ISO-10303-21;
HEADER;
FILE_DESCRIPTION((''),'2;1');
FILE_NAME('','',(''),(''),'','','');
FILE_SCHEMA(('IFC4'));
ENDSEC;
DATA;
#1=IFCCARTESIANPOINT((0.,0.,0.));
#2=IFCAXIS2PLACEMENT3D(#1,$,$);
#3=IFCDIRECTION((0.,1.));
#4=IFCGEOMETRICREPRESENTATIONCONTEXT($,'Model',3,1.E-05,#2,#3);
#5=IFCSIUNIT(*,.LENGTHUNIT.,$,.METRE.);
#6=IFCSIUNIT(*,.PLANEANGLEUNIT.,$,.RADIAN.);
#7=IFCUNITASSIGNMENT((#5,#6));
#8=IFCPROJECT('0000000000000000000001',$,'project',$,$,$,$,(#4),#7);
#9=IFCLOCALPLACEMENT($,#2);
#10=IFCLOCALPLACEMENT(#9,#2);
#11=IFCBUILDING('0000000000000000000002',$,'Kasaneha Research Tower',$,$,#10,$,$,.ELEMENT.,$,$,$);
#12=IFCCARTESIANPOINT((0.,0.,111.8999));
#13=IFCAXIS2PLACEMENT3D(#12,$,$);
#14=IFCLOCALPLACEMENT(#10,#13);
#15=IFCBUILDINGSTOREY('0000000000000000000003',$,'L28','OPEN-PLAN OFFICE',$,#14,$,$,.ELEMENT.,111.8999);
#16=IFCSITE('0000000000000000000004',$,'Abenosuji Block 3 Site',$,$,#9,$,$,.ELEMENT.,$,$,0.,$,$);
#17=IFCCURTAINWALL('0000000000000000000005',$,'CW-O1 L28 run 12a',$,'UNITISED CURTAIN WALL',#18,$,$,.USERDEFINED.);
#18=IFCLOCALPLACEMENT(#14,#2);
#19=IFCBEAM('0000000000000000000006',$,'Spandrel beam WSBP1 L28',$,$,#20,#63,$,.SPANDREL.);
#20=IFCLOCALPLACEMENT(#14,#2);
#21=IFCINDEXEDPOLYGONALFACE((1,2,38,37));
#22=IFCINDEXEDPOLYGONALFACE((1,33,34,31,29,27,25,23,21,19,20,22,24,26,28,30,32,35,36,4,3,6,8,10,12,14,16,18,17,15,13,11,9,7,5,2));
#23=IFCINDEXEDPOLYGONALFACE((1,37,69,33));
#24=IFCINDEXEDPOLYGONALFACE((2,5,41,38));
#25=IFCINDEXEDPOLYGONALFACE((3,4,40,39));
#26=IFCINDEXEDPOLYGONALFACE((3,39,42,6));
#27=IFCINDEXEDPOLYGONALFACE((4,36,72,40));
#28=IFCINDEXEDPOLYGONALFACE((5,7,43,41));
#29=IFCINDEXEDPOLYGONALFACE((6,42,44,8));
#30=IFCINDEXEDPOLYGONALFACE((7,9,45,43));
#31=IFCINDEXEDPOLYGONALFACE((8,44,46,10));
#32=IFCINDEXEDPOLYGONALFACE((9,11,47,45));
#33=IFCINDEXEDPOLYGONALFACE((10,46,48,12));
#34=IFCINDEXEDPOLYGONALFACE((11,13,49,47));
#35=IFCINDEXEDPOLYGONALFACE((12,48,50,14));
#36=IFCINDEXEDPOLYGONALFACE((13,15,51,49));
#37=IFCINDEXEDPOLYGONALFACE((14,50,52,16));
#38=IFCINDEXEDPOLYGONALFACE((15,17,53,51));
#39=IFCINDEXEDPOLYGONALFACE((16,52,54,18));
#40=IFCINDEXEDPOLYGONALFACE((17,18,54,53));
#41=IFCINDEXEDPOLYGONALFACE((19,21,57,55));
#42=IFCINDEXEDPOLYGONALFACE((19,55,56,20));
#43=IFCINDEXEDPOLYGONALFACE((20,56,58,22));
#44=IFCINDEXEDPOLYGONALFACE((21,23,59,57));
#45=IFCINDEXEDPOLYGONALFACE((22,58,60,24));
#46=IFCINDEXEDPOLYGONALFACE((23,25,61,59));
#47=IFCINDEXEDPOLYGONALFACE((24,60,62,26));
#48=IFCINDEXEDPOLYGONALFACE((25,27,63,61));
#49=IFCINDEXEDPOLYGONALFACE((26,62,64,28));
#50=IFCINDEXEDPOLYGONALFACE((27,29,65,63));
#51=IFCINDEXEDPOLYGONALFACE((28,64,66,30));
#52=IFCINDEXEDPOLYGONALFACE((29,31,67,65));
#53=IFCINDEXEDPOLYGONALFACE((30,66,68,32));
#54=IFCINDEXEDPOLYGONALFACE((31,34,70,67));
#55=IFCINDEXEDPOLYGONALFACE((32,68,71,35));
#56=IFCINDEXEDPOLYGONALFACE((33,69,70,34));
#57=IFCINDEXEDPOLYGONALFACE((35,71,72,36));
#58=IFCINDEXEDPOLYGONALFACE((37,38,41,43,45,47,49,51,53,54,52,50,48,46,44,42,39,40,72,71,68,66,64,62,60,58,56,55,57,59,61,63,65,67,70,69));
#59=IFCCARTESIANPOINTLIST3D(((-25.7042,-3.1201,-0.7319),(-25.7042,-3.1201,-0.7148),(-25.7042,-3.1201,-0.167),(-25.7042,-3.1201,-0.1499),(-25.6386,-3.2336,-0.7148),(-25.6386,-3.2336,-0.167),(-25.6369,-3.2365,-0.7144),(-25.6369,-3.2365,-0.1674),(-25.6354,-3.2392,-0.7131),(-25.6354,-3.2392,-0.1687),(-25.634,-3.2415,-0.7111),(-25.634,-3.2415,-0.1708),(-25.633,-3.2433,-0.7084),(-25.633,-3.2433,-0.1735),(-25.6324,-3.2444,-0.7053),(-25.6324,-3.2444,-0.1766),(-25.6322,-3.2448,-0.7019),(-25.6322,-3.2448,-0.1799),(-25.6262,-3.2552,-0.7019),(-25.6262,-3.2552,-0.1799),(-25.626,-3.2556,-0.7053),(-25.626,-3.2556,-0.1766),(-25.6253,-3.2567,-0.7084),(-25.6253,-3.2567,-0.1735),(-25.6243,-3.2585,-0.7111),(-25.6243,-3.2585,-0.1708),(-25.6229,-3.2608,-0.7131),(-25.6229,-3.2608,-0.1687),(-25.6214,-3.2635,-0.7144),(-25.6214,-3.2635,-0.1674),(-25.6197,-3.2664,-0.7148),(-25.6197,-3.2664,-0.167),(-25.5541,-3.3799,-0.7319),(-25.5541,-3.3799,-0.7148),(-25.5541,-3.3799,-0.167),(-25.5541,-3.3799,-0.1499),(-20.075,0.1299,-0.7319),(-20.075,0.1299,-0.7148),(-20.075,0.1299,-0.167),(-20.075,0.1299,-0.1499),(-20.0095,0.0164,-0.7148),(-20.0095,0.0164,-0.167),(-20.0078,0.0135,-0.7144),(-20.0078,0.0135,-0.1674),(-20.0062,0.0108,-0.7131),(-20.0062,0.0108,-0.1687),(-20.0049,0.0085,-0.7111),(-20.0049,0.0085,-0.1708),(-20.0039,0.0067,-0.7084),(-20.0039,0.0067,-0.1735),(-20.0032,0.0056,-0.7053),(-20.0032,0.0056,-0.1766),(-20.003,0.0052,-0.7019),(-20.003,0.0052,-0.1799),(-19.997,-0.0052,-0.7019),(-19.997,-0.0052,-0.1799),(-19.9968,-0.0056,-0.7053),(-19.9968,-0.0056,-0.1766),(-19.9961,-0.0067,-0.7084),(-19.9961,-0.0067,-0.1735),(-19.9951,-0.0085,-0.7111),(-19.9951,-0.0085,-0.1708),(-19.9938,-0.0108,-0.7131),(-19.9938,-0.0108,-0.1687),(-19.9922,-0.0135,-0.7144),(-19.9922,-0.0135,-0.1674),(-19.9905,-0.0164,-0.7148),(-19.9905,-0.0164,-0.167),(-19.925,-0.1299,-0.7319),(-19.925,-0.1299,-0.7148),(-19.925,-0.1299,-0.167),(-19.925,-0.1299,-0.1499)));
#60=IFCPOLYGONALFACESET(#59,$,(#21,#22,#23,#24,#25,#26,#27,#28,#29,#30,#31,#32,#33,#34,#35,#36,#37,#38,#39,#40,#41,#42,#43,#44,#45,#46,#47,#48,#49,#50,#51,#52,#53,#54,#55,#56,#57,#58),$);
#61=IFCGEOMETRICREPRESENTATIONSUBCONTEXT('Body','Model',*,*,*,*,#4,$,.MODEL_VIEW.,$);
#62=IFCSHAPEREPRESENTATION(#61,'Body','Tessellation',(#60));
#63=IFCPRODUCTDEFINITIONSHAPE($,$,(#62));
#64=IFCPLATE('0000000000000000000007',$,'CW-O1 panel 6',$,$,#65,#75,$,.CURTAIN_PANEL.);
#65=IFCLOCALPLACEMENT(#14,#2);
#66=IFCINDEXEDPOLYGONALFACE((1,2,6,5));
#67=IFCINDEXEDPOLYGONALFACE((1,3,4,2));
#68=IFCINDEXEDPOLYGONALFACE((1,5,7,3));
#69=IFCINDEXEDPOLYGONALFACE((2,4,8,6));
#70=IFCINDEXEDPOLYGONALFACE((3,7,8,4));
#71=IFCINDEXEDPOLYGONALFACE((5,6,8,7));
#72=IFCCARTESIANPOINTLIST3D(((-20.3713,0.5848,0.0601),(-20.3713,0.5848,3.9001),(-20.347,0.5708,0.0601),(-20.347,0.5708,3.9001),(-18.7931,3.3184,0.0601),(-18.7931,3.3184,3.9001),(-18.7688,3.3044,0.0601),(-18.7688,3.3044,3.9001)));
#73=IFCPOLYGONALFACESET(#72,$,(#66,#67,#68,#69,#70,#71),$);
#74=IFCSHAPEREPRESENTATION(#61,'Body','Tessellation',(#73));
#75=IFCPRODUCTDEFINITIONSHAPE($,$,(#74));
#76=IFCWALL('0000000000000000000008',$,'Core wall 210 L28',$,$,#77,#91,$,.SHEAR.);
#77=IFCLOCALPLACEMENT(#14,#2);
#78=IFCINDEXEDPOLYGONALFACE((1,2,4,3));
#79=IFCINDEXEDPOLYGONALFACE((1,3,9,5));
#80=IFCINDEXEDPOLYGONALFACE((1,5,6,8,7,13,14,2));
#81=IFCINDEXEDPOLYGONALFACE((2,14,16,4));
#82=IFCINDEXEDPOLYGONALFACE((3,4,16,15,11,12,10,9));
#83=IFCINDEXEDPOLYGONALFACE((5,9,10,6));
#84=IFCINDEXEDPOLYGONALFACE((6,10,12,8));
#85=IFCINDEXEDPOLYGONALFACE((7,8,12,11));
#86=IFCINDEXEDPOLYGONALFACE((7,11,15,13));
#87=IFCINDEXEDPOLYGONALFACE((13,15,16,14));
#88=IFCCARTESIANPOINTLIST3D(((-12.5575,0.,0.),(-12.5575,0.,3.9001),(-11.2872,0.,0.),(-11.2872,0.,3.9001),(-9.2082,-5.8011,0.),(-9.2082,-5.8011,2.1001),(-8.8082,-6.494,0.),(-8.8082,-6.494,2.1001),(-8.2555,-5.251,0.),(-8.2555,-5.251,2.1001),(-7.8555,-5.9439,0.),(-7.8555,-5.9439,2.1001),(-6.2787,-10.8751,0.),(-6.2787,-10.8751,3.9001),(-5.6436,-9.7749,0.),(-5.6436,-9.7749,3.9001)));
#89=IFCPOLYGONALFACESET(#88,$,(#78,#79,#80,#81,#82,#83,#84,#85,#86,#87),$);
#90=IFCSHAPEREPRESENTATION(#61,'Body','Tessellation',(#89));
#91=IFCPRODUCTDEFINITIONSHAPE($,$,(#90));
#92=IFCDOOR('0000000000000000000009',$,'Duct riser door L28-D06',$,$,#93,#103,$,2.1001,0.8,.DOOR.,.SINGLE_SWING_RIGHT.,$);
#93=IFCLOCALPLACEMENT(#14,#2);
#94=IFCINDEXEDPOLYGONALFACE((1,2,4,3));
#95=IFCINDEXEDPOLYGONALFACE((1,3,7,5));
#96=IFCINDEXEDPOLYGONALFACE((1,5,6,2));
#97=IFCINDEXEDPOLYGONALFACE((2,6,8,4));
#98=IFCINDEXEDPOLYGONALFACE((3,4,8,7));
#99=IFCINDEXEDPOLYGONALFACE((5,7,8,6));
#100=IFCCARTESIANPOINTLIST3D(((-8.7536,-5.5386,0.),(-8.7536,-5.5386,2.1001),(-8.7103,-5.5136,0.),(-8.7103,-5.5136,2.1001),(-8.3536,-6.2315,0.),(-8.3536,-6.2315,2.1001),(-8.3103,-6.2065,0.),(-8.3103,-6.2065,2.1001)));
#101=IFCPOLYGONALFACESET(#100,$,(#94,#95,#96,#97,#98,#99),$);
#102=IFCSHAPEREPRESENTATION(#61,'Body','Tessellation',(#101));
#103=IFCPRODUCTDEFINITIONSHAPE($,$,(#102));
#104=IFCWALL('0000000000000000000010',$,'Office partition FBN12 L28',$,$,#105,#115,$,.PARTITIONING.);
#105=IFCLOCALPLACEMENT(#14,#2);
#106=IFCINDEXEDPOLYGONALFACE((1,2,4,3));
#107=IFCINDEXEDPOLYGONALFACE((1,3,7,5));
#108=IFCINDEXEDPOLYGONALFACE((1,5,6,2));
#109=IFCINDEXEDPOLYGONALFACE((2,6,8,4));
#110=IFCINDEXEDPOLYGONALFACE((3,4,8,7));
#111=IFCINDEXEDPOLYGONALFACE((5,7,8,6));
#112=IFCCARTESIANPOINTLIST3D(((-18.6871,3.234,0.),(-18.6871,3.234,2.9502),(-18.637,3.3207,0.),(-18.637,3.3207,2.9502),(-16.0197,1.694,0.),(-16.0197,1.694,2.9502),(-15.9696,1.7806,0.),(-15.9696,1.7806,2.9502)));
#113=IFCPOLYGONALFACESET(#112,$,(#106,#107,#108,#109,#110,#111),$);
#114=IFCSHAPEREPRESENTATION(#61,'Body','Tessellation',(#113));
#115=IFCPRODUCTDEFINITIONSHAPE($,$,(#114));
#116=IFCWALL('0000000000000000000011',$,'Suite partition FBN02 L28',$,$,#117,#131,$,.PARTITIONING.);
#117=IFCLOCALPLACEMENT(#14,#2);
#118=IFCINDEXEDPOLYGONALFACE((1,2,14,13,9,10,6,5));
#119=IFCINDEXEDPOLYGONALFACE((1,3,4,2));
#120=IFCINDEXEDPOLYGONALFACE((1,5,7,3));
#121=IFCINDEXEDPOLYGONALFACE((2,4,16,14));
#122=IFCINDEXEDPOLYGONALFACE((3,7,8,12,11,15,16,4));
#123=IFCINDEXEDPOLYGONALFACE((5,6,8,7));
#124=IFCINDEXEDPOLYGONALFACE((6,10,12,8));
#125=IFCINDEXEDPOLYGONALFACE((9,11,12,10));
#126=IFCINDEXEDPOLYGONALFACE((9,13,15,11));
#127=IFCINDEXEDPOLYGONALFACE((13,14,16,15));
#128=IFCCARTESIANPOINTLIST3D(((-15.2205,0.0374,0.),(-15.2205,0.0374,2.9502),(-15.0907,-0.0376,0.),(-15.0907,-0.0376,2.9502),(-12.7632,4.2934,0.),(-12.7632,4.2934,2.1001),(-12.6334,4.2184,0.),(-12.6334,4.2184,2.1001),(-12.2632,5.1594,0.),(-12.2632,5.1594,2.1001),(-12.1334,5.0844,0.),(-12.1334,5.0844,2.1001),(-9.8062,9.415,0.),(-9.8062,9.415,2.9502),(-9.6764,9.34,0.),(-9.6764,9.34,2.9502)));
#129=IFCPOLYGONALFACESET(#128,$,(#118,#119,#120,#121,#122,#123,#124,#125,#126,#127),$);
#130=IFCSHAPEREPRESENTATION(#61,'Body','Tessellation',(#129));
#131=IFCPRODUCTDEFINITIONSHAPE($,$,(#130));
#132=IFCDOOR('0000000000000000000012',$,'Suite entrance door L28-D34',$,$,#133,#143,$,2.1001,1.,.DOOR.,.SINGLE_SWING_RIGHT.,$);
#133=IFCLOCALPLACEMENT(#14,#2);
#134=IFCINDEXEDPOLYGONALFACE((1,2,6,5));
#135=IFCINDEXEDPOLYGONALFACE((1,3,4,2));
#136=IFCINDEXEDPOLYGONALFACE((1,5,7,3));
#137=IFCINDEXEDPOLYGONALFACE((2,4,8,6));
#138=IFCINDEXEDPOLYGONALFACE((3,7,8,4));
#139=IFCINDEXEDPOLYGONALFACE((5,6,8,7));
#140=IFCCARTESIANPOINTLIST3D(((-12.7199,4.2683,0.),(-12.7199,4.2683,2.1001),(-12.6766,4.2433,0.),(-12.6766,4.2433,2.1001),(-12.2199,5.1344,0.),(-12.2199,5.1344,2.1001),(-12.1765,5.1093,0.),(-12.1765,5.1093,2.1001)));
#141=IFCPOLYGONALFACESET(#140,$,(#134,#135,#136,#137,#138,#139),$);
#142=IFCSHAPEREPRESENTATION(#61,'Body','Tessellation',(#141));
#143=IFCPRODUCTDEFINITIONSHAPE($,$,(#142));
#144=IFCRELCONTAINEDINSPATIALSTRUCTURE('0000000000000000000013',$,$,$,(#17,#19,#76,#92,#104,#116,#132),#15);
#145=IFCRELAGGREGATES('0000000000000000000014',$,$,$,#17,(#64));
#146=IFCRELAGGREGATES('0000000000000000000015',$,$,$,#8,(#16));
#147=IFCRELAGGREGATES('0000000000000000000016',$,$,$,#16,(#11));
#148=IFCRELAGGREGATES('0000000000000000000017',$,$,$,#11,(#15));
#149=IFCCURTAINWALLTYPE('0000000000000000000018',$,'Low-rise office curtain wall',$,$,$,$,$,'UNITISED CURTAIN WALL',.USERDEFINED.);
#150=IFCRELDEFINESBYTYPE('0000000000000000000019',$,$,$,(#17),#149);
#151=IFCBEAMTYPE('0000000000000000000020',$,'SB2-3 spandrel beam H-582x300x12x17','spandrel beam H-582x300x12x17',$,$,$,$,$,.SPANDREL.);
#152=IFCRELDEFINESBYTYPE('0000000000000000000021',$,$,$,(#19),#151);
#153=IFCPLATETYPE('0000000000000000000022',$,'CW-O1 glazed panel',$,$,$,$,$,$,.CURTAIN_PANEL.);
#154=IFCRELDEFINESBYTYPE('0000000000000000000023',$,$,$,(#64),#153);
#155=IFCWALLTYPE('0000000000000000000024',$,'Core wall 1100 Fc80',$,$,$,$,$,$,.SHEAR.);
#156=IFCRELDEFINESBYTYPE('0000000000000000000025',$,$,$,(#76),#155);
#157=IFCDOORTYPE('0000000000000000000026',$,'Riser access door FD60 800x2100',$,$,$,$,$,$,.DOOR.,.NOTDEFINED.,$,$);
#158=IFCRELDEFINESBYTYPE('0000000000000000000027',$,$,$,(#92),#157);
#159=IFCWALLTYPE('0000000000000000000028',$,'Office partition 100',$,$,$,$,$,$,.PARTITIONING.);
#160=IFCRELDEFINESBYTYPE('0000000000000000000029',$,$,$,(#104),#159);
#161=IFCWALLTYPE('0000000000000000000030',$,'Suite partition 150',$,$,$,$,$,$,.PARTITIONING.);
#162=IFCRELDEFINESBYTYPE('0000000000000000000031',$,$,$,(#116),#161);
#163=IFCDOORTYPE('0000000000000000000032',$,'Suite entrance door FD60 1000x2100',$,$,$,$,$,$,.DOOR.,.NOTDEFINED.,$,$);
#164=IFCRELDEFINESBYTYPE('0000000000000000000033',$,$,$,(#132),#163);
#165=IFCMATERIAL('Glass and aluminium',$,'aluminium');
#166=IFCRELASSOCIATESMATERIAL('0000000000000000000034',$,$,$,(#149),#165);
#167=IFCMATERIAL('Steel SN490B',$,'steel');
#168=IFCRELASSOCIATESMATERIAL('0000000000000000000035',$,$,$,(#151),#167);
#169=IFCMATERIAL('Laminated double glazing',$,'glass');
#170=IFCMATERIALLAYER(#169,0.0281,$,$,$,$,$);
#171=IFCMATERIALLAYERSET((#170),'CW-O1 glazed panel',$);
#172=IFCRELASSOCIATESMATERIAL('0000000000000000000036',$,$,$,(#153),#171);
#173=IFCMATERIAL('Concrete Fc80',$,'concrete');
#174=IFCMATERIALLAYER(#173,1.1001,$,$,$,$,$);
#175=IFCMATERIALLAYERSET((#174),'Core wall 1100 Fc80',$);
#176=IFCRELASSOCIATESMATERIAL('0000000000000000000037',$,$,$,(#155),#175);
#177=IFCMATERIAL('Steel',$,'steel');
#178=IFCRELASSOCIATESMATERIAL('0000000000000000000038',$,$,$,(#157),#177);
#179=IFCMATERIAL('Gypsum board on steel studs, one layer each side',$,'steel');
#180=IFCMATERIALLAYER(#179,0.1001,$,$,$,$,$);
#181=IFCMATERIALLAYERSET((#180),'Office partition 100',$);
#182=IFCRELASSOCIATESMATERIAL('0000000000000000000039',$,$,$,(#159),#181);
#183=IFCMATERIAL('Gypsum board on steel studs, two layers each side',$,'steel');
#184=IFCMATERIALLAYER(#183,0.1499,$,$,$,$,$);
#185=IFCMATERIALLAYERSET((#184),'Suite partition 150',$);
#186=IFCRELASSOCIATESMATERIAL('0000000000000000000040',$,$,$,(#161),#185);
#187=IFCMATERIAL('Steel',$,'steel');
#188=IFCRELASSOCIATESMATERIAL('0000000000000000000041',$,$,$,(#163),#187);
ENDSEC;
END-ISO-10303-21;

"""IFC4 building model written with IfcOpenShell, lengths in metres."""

from ifc_helpers import new_model, si_unit, direction, frame, frame_2d, origin, origin_2d, place, context, subcontext, project, spatial, polyline, rectangle, i_section, outline, extrude, material, layer, layer_set, material_profile, profile_set, type_object, element, fill, aggregate, save


model = new_model("IFC4")

# Units and contexts
model_context = context("Model", 3, precision=1e-05, world=origin(), true_north=direction((0.0, 1.0)))
body_context = subcontext(model_context, "Body", "Model", "MODEL_VIEW")
ifc_project = project(units=[si_unit("LENGTHUNIT", "METRE"), si_unit("PLANEANGLEUNIT", "RADIAN")], contexts=[model_context])

# Site, building, storey
site_placement = place(None, origin())
site = spatial("IfcSite", under=ifc_project, at=site_placement, Name="Abenosuji Block 3 Site", CompositionType="ELEMENT", RefElevation=0.0)
building_placement = place(site_placement, origin())
building = spatial("IfcBuilding", under=site, at=building_placement, Name="Kasaneha Research Tower", CompositionType="ELEMENT")
storey_placement = place(building_placement, frame((0.0, 0.0, 111.8999)))
storey = spatial("IfcBuildingStorey", under=building, at=storey_placement, Name="L28", Description="OPEN-PLAN OFFICE", CompositionType="ELEMENT", Elevation=111.8999)

# Curtain wall
ifc_material_1 = material(Name="Glass and aluminium", Category="aluminium")
curtain_wall_type = type_object("IfcCurtainWallType", Name="Low-rise office curtain wall", ElementType="UNITISED CURTAIN WALL", PredefinedType="USERDEFINED", material=ifc_material_1)
curtain_wall_1_placement = place(storey_placement, origin())
curtain_wall_1 = element("IfcCurtainWall", 1, at=curtain_wall_1_placement, inside=storey, type_object=curtain_wall_type, Name="CW-O1 L28 run 12a", ObjectType="UNITISED CURTAIN WALL", PredefinedType="USERDEFINED")

# Beam
ifc_material_2 = material(Name="Steel SN490B", Category="steel")
ifc_material_profile_1 = material_profile(ifc_material_2, i_section(OverallWidth=0.3, OverallDepth=0.582, WebThickness=0.012, FlangeThickness=0.0171, FilletRadius=0.0129, at=origin_2d()), Name="H-582x300x12x17")
ifc_profile_set_1 = profile_set([ifc_material_profile_1], Name="Steel SN490B")
beam_type_1 = type_object("IfcBeamType", Name="SB2-3 spandrel beam H-582x300x12x17", Description="spandrel beam H-582x300x12x17", PredefinedType="SPANDREL", material=ifc_profile_set_1)
beam_1_placement = place(storey_placement, frame((-20.0, 0.0, -0.4409), z_axis=(-0.866025, -0.500001, 0.0), x_axis=(0.500001, -0.866025, 0.0)))
element("IfcBeam", 2, at=beam_1_placement, inside=storey, type_object=beam_type_1, Name="Spandrel beam WSBP1 L28", PredefinedType="SPANDREL", context=body_context, shape_type="SweptSolid", body=[
    extrude(i_section(OverallWidth=0.3, OverallDepth=0.582, WebThickness=0.012, FlangeThickness=0.0171, FilletRadius=0.0129, at=origin_2d()), origin(), (0.0, 0.0, 1.0), 6.5),
])

# Plate
ifc_material_3 = material(Name="Laminated double glazing", Category="glass")
ifc_layer_1 = layer(ifc_material_3, 0.0281)
ifc_layer_set_1 = layer_set([ifc_layer_1], Name="CW-O1 glazed panel")
plate_type = type_object("IfcPlateType", Name="CW-O1 glazed panel", PredefinedType="CURTAIN_PANEL", material=ifc_layer_set_1)
plate_placement = place(storey_placement, frame((-19.5701, 1.9446, 0.0601), z_axis=(0.0, 0.0, 1.0), x_axis=(-0.5, -0.866025, 0.0)))
plate = element("IfcPlate", 3, at=plate_placement, type_object=plate_type, Name="CW-O1 panel 6", PredefinedType="CURTAIN_PANEL", context=body_context, shape_type="SweptSolid", body=[
    extrude(rectangle(XDim=3.1565, YDim=0.0281, at=origin_2d()), origin(), (0.0, 0.0, 1.0), 3.8401),
])
aggregate(curtain_wall_1, [plate])

# Wall, opening, door
ifc_material_4 = material(Name="Concrete Fc80", Category="concrete")
ifc_layer_2 = layer(ifc_material_4, 1.1001)
ifc_layer_set_2 = layer_set([ifc_layer_2], Name="Core wall 1100 Fc80")
wall_type_1 = type_object("IfcWallType", Name="Core wall 1100 Fc80", PredefinedType="SHEAR", material=ifc_layer_set_2)
wall_1_placement = place(storey_placement, frame((-11.9224, 0.0, 0.0), z_axis=(0.0, 0.0, 1.0), x_axis=(0.500004, -0.866023, 0.0)))
wall_1 = element("IfcWall", 4, at=wall_1_placement, inside=storey, type_object=wall_type_1, Name="Core wall 210 L28", PredefinedType="SHEAR", context=body_context, shape_type="SweptSolid", body=[
    extrude(outline(polyline([(-0.3176, -0.55), (6.3811, -0.55), (7.1812, -0.55), (12.24, -0.55), (11.6047, 0.55), (7.1812, 0.55), (6.3811, 0.55), (0.3176, 0.55), (-0.3176, -0.55)])), origin(), (0.0, 0.0, 1.0), 3.9001),
])
opening_1_placement = place(wall_1_placement, frame((6.3811, 0.0, 0.0)))
opening_1 = element("IfcOpeningElement", 5, at=opening_1_placement, cuts=wall_1, PredefinedType="OPENING", context=body_context, shape_type="SweptSolid", body=[
    extrude(rectangle(XDim=0.8, YDim=2.1001, at=frame_2d((0.3999, 1.05))), frame((0.0, 0.5601, 0.0), z_axis=(0.0, -1.0, 0.0), x_axis=(1.0, 0.0, 0.0)), (0.0, 0.0, 1.0), 1.1201),
])
ifc_material_5 = material(Name="Steel", Category="steel")
door_type_1 = type_object("IfcDoorType", Name="Riser access door FD60 800x2100", OperationType="NOTDEFINED", PredefinedType="DOOR", material=ifc_material_5)
door_1_placement = place(opening_1_placement, origin())
door_1 = element("IfcDoor", 6, at=door_1_placement, inside=storey, type_object=door_type_1, Name="Duct riser door L28-D06", OperationType="SINGLE_SWING_RIGHT", OverallHeight=2.1001, OverallWidth=0.8, PredefinedType="DOOR", context=body_context, shape_type="SweptSolid", body=[
    extrude(rectangle(XDim=0.8, YDim=2.1001, at=frame_2d((0.3999, 1.05))), frame((0.0, 0.0249, 0.0), z_axis=(0.0, -1.0, 0.0), x_axis=(1.0, 0.0, 0.0)), (0.0, 0.0, 1.0), 0.05),
])
fill(opening_1, door_1)

# Wall
ifc_material_6 = material(Name="Gypsum board on steel studs, one layer each side", Category="steel")
ifc_layer_3 = layer(ifc_material_6, 0.1001)
ifc_layer_set_3 = layer_set([ifc_layer_3], Name="Office partition 100")
wall_type_2 = type_object("IfcWallType", Name="Office partition 100", PredefinedType="PARTITIONING", material=ifc_layer_set_3)
wall_2_placement = place(storey_placement, frame((-15.9946, 1.7373, 0.0), z_axis=(0.0, 0.0, 1.0), x_axis=(-0.86603, 0.499992, 0.0)))
element("IfcWall", 7, at=wall_2_placement, inside=storey, type_object=wall_type_2, Name="Office partition FBN12 L28", PredefinedType="PARTITIONING", context=body_context, shape_type="SweptSolid", body=[
    extrude(rectangle(XDim=3.0801, YDim=0.1001, at=frame_2d((1.54, 0.0))), origin(), (0.0, 0.0, 1.0), 2.9502),
])

# Wall, opening, door
ifc_material_7 = material(Name="Gypsum board on steel studs, two layers each side", Category="steel")
ifc_layer_4 = layer(ifc_material_7, 0.1499)
ifc_layer_set_4 = layer_set([ifc_layer_4], Name="Suite partition 150")
wall_type_3 = type_object("IfcWallType", Name="Suite partition 150", PredefinedType="PARTITIONING", material=ifc_layer_set_4)
wall_3_placement = place(storey_placement, frame((-15.1555, 0.0, 0.0), z_axis=(0.0, 0.0, 1.0), x_axis=(0.500007, 0.866022, 0.0)))
wall_3 = element("IfcWall", 8, at=wall_3_placement, inside=storey, type_object=wall_type_3, Name="Suite partition FBN02 L28", PredefinedType="PARTITIONING", context=body_context, shape_type="SweptSolid", body=[
    extrude(rectangle(XDim=10.8284, YDim=0.1499, at=frame_2d((5.4141, 0.0))), origin(), (0.0, 0.0, 1.0), 2.9502),
])
opening_2_placement = place(wall_3_placement, frame((4.9143, 0.0, 0.0)))
opening_2 = element("IfcOpeningElement", 9, at=opening_2_placement, cuts=wall_3, PredefinedType="OPENING", context=body_context, shape_type="SweptSolid", body=[
    extrude(rectangle(XDim=1.0, YDim=2.1001, at=frame_2d((0.5, 1.05))), frame((0.0, 0.085, 0.0), z_axis=(0.0, -1.0, 0.0), x_axis=(1.0, 0.0, 0.0)), (0.0, 0.0, 1.0), 0.1699),
])
ifc_material_8 = material(Name="Steel", Category="steel")
door_type_2 = type_object("IfcDoorType", Name="Suite entrance door FD60 1000x2100", OperationType="NOTDEFINED", PredefinedType="DOOR", material=ifc_material_8)
door_2_placement = place(opening_2_placement, origin())
door_2 = element("IfcDoor", 10, at=door_2_placement, inside=storey, type_object=door_type_2, Name="Suite entrance door L28-D34", OperationType="SINGLE_SWING_RIGHT", OverallHeight=2.1001, OverallWidth=1.0, PredefinedType="DOOR", context=body_context, shape_type="SweptSolid", body=[
    extrude(rectangle(XDim=1.0, YDim=2.1001, at=frame_2d((0.5, 1.05))), frame((0.0, 0.0249, 0.0), z_axis=(0.0, -1.0, 0.0), x_axis=(1.0, 0.0, 0.0)), (0.0, 0.0, 1.0), 0.05),
])
fill(opening_2, door_2)

save(model, "model.ifc")
